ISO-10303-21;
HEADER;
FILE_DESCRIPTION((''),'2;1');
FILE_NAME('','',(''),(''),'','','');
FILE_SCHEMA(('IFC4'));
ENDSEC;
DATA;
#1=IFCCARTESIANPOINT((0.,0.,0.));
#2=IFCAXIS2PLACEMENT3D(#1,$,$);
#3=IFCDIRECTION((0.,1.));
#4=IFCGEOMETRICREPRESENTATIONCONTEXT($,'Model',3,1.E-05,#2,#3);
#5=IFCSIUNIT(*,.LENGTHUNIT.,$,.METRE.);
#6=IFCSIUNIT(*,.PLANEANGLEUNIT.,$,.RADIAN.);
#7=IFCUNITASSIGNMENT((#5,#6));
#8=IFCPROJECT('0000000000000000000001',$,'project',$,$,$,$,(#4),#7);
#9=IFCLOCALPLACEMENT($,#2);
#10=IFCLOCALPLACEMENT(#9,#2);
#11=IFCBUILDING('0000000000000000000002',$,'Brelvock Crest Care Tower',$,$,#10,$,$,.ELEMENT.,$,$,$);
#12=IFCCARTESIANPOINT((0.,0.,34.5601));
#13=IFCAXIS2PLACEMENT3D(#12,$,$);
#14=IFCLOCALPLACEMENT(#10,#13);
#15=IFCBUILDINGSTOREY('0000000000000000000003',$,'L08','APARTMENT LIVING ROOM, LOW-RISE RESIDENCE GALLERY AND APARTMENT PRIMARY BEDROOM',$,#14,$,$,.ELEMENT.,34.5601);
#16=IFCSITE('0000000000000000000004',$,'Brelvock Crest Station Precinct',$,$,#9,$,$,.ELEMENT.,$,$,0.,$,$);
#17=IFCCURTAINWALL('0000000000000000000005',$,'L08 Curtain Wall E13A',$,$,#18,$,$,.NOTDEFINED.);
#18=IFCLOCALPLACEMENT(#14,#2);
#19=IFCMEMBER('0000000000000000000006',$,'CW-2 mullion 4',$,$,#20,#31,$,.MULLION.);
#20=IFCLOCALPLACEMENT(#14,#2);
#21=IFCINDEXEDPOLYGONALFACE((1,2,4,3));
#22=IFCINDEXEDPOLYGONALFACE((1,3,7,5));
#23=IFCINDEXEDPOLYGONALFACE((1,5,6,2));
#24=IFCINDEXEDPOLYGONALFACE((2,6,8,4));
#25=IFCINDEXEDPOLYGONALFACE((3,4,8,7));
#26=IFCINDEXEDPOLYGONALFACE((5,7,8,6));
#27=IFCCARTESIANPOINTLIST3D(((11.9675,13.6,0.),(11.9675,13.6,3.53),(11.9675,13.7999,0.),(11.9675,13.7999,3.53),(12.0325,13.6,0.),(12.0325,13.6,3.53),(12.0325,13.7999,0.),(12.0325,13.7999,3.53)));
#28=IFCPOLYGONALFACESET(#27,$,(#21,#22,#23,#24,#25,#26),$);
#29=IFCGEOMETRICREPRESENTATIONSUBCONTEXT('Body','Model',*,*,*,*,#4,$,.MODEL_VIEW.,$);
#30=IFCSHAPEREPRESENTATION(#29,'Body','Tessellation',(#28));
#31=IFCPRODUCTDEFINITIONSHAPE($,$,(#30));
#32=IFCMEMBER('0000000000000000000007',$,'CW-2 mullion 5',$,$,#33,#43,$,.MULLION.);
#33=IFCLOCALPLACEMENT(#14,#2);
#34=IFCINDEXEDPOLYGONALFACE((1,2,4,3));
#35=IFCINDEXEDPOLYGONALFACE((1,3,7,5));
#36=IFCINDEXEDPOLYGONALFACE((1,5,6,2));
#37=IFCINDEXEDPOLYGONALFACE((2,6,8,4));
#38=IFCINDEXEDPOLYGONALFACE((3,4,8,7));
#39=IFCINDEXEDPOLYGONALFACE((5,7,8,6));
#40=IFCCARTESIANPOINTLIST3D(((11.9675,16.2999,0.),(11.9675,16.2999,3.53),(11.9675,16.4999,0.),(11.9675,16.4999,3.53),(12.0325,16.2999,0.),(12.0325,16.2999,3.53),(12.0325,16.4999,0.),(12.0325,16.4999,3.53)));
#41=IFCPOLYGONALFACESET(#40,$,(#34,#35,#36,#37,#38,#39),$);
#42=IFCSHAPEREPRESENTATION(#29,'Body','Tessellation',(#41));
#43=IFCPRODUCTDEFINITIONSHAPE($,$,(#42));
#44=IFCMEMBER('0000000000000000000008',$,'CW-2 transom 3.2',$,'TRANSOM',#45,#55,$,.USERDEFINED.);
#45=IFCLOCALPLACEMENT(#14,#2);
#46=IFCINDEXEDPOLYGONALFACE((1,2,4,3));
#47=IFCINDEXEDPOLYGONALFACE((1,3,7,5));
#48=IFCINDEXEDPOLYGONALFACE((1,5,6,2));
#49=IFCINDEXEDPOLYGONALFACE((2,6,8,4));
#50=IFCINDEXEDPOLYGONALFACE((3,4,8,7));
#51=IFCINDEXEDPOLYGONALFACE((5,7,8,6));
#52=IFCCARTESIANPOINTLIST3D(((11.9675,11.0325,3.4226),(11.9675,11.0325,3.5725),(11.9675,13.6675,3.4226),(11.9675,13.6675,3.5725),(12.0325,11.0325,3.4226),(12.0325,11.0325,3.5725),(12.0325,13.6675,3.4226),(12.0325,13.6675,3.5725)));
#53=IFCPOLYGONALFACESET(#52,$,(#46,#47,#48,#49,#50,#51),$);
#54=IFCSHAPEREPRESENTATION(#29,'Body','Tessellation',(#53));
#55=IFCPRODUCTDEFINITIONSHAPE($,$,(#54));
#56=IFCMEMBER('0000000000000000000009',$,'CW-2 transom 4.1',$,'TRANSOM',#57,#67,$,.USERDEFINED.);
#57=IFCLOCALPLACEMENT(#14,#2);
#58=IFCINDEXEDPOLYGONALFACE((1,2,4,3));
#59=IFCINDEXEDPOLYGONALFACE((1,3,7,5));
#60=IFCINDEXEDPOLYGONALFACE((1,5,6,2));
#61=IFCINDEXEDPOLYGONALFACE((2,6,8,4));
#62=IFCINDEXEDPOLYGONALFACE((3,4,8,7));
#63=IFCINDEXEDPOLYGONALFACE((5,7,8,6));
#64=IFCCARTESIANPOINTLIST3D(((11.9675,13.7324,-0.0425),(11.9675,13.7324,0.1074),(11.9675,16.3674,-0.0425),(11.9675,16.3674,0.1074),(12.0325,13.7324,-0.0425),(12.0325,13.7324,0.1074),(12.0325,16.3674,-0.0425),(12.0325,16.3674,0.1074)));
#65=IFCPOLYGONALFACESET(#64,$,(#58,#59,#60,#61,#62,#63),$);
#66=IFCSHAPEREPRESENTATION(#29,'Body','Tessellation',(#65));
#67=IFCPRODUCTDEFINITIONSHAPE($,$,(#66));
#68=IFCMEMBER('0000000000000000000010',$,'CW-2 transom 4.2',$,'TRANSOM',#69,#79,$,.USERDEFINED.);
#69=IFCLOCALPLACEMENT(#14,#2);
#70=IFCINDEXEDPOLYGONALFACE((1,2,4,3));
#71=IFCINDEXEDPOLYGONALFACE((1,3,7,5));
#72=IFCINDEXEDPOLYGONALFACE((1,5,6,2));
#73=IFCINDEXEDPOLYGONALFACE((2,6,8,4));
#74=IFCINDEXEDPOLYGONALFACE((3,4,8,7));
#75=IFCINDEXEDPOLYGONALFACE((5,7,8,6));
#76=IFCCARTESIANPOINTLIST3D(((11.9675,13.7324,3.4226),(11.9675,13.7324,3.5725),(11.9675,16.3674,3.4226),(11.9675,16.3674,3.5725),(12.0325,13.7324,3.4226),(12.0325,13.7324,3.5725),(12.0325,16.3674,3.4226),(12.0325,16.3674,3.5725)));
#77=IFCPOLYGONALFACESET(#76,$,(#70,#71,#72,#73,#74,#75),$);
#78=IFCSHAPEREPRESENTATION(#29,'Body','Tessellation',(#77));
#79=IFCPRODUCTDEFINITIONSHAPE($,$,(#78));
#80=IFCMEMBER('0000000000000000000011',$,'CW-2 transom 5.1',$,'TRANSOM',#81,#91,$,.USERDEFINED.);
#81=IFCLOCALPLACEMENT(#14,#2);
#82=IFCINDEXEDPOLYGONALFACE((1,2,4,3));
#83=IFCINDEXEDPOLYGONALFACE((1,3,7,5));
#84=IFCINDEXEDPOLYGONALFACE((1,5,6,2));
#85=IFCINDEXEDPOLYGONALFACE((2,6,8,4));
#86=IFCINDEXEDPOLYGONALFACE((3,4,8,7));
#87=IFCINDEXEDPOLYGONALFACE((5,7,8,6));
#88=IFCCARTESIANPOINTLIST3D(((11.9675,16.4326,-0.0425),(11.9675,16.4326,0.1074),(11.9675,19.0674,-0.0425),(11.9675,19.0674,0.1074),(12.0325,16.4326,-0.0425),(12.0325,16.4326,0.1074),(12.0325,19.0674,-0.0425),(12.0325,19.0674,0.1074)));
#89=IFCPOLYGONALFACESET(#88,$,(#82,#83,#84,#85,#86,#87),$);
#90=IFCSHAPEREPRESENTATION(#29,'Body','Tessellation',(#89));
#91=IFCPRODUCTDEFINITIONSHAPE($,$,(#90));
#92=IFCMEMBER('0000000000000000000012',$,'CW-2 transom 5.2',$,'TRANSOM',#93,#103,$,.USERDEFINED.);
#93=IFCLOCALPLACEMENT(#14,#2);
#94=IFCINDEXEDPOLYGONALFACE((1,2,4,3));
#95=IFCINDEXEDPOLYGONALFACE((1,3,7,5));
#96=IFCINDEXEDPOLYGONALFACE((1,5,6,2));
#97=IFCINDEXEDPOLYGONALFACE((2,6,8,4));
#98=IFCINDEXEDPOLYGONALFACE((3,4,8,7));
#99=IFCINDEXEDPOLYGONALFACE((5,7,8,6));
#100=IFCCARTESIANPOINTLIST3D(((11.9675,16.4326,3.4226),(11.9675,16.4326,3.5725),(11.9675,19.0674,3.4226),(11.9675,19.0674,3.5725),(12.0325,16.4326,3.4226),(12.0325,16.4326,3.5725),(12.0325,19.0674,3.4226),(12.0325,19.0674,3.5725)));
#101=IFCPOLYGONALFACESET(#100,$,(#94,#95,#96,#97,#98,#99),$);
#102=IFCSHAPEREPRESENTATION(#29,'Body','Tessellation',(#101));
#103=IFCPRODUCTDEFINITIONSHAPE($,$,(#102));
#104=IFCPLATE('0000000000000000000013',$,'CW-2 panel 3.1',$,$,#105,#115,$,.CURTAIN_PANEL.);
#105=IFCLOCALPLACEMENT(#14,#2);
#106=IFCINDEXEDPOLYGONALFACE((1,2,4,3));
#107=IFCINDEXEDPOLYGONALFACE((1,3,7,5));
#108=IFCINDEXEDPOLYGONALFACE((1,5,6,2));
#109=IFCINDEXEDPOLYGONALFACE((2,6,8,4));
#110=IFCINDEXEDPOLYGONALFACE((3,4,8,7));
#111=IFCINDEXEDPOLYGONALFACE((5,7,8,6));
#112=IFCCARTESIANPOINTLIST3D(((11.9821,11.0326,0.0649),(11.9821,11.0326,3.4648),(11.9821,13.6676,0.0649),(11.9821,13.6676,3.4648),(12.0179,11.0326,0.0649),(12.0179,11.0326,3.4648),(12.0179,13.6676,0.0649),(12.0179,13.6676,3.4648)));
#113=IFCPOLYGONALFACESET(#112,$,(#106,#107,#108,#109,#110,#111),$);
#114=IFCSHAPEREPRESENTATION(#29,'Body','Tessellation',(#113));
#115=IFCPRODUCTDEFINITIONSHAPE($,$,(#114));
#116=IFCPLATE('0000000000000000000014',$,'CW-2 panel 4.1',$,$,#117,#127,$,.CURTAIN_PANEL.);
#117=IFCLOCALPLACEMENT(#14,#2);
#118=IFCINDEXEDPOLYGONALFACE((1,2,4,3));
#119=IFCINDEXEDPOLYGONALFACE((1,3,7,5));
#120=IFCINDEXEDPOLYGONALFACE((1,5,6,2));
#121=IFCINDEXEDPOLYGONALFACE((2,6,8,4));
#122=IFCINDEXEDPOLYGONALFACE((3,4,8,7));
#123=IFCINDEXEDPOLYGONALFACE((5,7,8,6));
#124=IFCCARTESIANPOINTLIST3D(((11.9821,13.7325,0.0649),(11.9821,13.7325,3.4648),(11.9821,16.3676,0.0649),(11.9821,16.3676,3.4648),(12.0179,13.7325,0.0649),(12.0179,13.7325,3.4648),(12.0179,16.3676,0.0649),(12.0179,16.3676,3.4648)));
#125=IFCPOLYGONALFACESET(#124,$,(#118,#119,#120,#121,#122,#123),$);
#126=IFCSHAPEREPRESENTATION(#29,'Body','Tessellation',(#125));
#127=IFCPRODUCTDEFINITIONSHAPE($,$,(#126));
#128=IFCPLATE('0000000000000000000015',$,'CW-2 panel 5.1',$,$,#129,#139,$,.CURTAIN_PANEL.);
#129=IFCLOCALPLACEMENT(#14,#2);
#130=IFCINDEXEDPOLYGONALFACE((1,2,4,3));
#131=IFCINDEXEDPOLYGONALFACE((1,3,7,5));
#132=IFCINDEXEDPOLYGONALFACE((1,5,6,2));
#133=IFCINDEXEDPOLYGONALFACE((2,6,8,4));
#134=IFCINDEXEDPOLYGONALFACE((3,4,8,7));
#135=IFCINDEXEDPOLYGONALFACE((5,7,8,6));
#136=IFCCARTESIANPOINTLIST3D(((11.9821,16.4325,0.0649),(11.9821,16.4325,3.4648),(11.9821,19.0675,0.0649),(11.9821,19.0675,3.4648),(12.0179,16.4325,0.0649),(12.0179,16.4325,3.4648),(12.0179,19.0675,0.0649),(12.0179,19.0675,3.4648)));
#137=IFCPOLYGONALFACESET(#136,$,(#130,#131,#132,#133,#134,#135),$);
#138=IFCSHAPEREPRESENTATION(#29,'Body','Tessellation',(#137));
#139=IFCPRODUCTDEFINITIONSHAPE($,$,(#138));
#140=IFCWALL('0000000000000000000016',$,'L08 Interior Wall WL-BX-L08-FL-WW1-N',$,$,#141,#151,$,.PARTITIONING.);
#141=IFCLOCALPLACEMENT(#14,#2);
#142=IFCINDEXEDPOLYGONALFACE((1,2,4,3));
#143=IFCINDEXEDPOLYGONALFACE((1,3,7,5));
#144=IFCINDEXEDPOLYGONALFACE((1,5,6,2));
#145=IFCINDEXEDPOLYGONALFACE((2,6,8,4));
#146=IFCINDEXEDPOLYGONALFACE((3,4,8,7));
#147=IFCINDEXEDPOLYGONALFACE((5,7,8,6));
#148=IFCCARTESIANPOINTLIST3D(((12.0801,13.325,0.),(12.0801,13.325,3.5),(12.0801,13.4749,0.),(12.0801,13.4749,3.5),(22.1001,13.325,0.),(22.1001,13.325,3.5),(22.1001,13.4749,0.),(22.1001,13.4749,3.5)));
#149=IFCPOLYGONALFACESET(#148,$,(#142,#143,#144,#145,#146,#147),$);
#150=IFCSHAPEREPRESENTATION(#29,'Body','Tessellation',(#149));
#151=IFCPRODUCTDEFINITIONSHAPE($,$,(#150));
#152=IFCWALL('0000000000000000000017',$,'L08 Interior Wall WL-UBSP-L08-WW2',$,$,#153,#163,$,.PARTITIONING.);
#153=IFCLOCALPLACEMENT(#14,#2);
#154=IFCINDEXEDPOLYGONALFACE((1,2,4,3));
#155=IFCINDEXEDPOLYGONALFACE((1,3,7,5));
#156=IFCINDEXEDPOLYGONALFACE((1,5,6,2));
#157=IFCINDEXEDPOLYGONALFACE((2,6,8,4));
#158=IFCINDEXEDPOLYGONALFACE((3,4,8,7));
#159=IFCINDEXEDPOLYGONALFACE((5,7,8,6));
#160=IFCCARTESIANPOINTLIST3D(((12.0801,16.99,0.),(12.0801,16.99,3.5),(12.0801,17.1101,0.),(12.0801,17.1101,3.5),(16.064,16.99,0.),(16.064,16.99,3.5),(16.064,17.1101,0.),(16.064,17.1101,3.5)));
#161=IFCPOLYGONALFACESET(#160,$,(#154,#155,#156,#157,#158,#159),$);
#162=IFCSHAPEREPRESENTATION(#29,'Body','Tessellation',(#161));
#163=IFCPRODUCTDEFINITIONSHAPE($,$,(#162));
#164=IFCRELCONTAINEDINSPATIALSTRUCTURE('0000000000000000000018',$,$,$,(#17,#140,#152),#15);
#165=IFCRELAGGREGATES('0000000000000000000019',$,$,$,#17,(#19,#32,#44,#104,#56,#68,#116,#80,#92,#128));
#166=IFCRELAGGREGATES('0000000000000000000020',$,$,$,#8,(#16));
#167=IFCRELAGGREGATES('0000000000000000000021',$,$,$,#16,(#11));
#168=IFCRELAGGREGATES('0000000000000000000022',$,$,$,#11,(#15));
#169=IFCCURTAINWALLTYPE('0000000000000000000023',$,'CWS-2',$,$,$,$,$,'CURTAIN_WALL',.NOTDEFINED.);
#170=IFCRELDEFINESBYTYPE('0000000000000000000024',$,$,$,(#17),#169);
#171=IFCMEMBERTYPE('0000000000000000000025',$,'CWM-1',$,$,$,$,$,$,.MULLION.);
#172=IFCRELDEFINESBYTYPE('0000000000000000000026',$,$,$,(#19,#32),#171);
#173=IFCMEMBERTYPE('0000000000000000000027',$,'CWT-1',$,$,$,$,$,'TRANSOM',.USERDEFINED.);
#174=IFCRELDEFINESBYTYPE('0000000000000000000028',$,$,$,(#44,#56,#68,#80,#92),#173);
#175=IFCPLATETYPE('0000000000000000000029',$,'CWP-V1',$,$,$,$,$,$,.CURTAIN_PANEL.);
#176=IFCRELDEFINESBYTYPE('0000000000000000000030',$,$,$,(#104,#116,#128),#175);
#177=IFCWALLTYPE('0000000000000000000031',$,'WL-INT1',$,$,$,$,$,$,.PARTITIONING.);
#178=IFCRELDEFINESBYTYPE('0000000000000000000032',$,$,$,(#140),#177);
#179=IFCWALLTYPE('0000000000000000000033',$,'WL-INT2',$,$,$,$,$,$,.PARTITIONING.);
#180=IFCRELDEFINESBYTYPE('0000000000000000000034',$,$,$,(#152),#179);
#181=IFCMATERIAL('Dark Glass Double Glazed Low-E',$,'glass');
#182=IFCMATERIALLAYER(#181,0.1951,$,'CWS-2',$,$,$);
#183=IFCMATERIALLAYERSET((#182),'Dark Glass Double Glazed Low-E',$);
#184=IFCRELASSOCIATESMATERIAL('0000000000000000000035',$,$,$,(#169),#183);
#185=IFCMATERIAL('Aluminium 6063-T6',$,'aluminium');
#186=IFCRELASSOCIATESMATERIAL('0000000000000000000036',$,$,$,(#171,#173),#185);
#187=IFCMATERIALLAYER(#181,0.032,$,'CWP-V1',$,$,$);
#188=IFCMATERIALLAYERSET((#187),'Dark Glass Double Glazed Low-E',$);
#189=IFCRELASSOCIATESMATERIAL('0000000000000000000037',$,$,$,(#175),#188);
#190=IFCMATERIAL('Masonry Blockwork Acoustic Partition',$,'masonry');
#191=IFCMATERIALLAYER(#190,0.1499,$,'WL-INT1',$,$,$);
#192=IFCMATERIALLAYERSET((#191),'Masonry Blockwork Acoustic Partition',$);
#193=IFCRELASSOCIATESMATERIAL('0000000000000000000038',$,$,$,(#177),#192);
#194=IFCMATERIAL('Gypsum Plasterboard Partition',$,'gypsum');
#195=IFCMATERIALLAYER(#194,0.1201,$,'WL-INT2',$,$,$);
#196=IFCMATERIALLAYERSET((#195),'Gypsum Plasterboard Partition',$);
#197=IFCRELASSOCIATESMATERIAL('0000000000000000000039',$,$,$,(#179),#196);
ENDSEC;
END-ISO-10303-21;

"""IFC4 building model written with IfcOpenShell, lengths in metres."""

from ifc_helpers import new_model, si_unit, direction, frame, frame_2d, origin, origin_2d, place, context, subcontext, project, spatial, rectangle, extrude, source, transform, mapped, material, layer, layer_set, material_profile, profile_set, type_object, element, aggregate, save


model = new_model("IFC4")

# Units and contexts
model_context = context("Model", 3, precision=1e-05, world=origin(), true_north=direction((0.0, 1.0)))
body_context = subcontext(model_context, "Body", "Model", "MODEL_VIEW")
ifc_project = project(units=[si_unit("LENGTHUNIT", "METRE"), si_unit("PLANEANGLEUNIT", "RADIAN")], contexts=[model_context])

# Site, building, storey
site_placement = place(None, origin())
site = spatial("IfcSite", under=ifc_project, at=site_placement, Name="Brelvock Crest Station Precinct", CompositionType="ELEMENT", RefElevation=0.0)
building_placement = place(site_placement, origin())
building = spatial("IfcBuilding", under=site, at=building_placement, Name="Brelvock Crest Care Tower", CompositionType="ELEMENT")
storey_placement = place(building_placement, frame((0.0, 0.0, 34.5601)))
storey = spatial("IfcBuildingStorey", under=building, at=storey_placement, Name="L08", Description="APARTMENT LIVING ROOM, LOW-RISE RESIDENCE GALLERY AND APARTMENT PRIMARY BEDROOM", CompositionType="ELEMENT", Elevation=34.5601)

# Curtain wall, members, plates
ifc_material_1 = material(Name="Dark Glass Double Glazed Low-E", Category="glass")
ifc_layer_1 = layer(ifc_material_1, 0.1951, Name="CWS-2")
ifc_layer_set_1 = layer_set([ifc_layer_1], Name="Dark Glass Double Glazed Low-E")
curtain_wall_type = type_object("IfcCurtainWallType", Name="CWS-2", ElementType="CURTAIN_WALL", PredefinedType="NOTDEFINED", material=ifc_layer_set_1)
curtain_wall_placement = place(storey_placement, origin())
curtain_wall = element("IfcCurtainWall", 1, at=curtain_wall_placement, inside=storey, type_object=curtain_wall_type, Name="L08 Curtain Wall E13A", PredefinedType="NOTDEFINED")
ifc_material_2 = material(Name="Aluminium 6063-T6", Category="aluminium")
ifc_material_profile_1 = material_profile(ifc_material_2, rectangle(XDim=0.0649, YDim=0.2, at=origin_2d()), Name="ALU65x200")
ifc_profile_set_1 = profile_set([ifc_material_profile_1], Name="Aluminium 6063-T6")
member_type_1 = type_object("IfcMemberType", Name="CWM-1", PredefinedType="MULLION", material=ifc_profile_set_1)
shared_shape_1 = source(origin(), body_context, "Body", "SweptSolid", [
    extrude(rectangle(XDim=0.0649, YDim=0.2, at=origin_2d()), origin(), (0.0, 0.0, 1.0), 3.53),
])
member_1_placement = place(storey_placement, frame((12.0, 13.7, 0.0), z_axis=(0.0, 0.0, 1.0), x_axis=(-1.0, 0.0, 0.0)))
member_1 = element("IfcMember", 2, at=member_1_placement, type_object=member_type_1, Name="CW-2 mullion 4", PredefinedType="MULLION", context=body_context, shape_type="MappedRepresentation", body=[
    mapped(shared_shape_1, transform((0.0, 0.0, 0.0), x_axis=(1.0, 0.0, 0.0), y_axis=(0.0, 1.0, 0.0), z_axis=(0.0, 0.0, 1.0), scale=1.0)),
])
member_2_placement = place(storey_placement, frame((12.0, 16.3999, 0.0), z_axis=(0.0, 0.0, 1.0), x_axis=(-1.0, 0.0, 0.0)))
member_2 = element("IfcMember", 3, at=member_2_placement, type_object=member_type_1, Name="CW-2 mullion 5", PredefinedType="MULLION", context=body_context, shape_type="MappedRepresentation", body=[
    mapped(shared_shape_1, transform((0.0, 0.0, 0.0), x_axis=(1.0, 0.0, 0.0), y_axis=(0.0, 1.0, 0.0), z_axis=(0.0, 0.0, 1.0), scale=1.0)),
])
ifc_material_profile_2 = material_profile(ifc_material_2, rectangle(XDim=0.0649, YDim=0.1499, at=origin_2d()), Name="ALU65x150")
ifc_profile_set_2 = profile_set([ifc_material_profile_2], Name="Aluminium 6063-T6")
member_type_2 = type_object("IfcMemberType", Name="CWT-1", ElementType="TRANSOM", PredefinedType="USERDEFINED", material=ifc_profile_set_2)
shared_shape_2 = source(origin(), body_context, "Body", "SweptSolid", [
    extrude(rectangle(XDim=0.0649, YDim=0.1499, at=origin_2d()), origin(), (0.0, 0.0, 1.0), 2.635),
])
member_3_placement = place(storey_placement, frame((12.0, 11.0325, 3.4976), z_axis=(0.0, 1.0, 0.0), x_axis=(-1.0, 0.0, 0.0)))
member_3 = element("IfcMember", 4, at=member_3_placement, type_object=member_type_2, Name="CW-2 transom 3.2", ObjectType="TRANSOM", PredefinedType="USERDEFINED", context=body_context, shape_type="MappedRepresentation", body=[
    mapped(shared_shape_2, transform((0.0, 0.0, 0.0), x_axis=(1.0, 0.0, 0.0), y_axis=(0.0, 1.0, 0.0), z_axis=(0.0, 0.0, 1.0), scale=1.0)),
])
member_4_placement = place(storey_placement, frame((12.0, 13.7324, 0.0325), z_axis=(0.0, 1.0, 0.0), x_axis=(-1.0, 0.0, 0.0)))
member_4 = element("IfcMember", 5, at=member_4_placement, type_object=member_type_2, Name="CW-2 transom 4.1", ObjectType="TRANSOM", PredefinedType="USERDEFINED", context=body_context, shape_type="MappedRepresentation", body=[
    mapped(shared_shape_2, transform((0.0, 0.0, 0.0), x_axis=(1.0, 0.0, 0.0), y_axis=(0.0, 1.0, 0.0), z_axis=(0.0, 0.0, 1.0), scale=1.0)),
])
member_5_placement = place(storey_placement, frame((12.0, 13.7324, 3.4976), z_axis=(0.0, 1.0, 0.0), x_axis=(-1.0, 0.0, 0.0)))
member_5 = element("IfcMember", 6, at=member_5_placement, type_object=member_type_2, Name="CW-2 transom 4.2", ObjectType="TRANSOM", PredefinedType="USERDEFINED", context=body_context, shape_type="MappedRepresentation", body=[
    mapped(shared_shape_2, transform((0.0, 0.0, 0.0), x_axis=(1.0, 0.0, 0.0), y_axis=(0.0, 1.0, 0.0), z_axis=(0.0, 0.0, 1.0), scale=1.0)),
])
shared_shape_3 = source(origin(), body_context, "Body", "SweptSolid", [
    extrude(rectangle(XDim=0.0649, YDim=0.1499, at=origin_2d()), origin(), (0.0, 0.0, 1.0), 2.6348),
])
member_6_placement = place(storey_placement, frame((12.0, 16.4326, 0.0325), z_axis=(0.0, 1.0, 0.0), x_axis=(-1.0, 0.0, 0.0)))
member_6 = element("IfcMember", 7, at=member_6_placement, type_object=member_type_2, Name="CW-2 transom 5.1", ObjectType="TRANSOM", PredefinedType="USERDEFINED", context=body_context, shape_type="MappedRepresentation", body=[
    mapped(shared_shape_3, transform((0.0, 0.0, 0.0), x_axis=(1.0, 0.0, 0.0), y_axis=(0.0, 1.0, 0.0), z_axis=(0.0, 0.0, 1.0), scale=1.0)),
])
member_7_placement = place(storey_placement, frame((12.0, 16.4326, 3.4976), z_axis=(0.0, 1.0, 0.0), x_axis=(-1.0, 0.0, 0.0)))
member_7 = element("IfcMember", 8, at=member_7_placement, type_object=member_type_2, Name="CW-2 transom 5.2", ObjectType="TRANSOM", PredefinedType="USERDEFINED", context=body_context, shape_type="MappedRepresentation", body=[
    mapped(shared_shape_3, transform((0.0, 0.0, 0.0), x_axis=(1.0, 0.0, 0.0), y_axis=(0.0, 1.0, 0.0), z_axis=(0.0, 0.0, 1.0), scale=1.0)),
])
ifc_layer_2 = layer(ifc_material_1, 0.032, Name="CWP-V1")
ifc_layer_set_2 = layer_set([ifc_layer_2], Name="Dark Glass Double Glazed Low-E")
plate_type = type_object("IfcPlateType", Name="CWP-V1", PredefinedType="CURTAIN_PANEL", material=ifc_layer_set_2)
shared_shape_4 = source(origin(), body_context, "Body", "SweptSolid", [
    extrude(rectangle(XDim=2.635, YDim=0.0359, at=origin_2d()), origin(), (0.0, 0.0, 1.0), 3.3999),
])
plate_1_placement = place(storey_placement, frame((12.0, 12.3501, 0.0649), z_axis=(0.0, 0.0, 1.0), x_axis=(0.0, 1.0, 0.0)))
plate_1 = element("IfcPlate", 9, at=plate_1_placement, type_object=plate_type, Name="CW-2 panel 3.1", PredefinedType="CURTAIN_PANEL", context=body_context, shape_type="MappedRepresentation", body=[
    mapped(shared_shape_4, transform((0.0, 0.0, 0.0), x_axis=(1.0, 0.0, 0.0), y_axis=(0.0, 1.0, 0.0), z_axis=(0.0, 0.0, 1.0), scale=1.0)),
])
plate_2_placement = place(storey_placement, frame((12.0, 15.05, 0.0649), z_axis=(0.0, 0.0, 1.0), x_axis=(0.0, 1.0, 0.0)))
plate_2 = element("IfcPlate", 10, at=plate_2_placement, type_object=plate_type, Name="CW-2 panel 4.1", PredefinedType="CURTAIN_PANEL", context=body_context, shape_type="MappedRepresentation", body=[
    mapped(shared_shape_4, transform((0.0, 0.0, 0.0), x_axis=(1.0, 0.0, 0.0), y_axis=(0.0, 1.0, 0.0), z_axis=(0.0, 0.0, 1.0), scale=1.0)),
])
plate_3_placement = place(storey_placement, frame((12.0, 17.75, 0.0649), z_axis=(0.0, 0.0, 1.0), x_axis=(0.0, 1.0, 0.0)))
plate_3 = element("IfcPlate", 11, at=plate_3_placement, type_object=plate_type, Name="CW-2 panel 5.1", PredefinedType="CURTAIN_PANEL", context=body_context, shape_type="MappedRepresentation", body=[
    mapped(shared_shape_4, transform((0.0, 0.0, 0.0), x_axis=(1.0, 0.0, 0.0), y_axis=(0.0, 1.0, 0.0), z_axis=(0.0, 0.0, 1.0), scale=1.0)),
])
aggregate(curtain_wall, [member_1, member_2, member_3, plate_1, member_4, member_5, plate_2, member_6, member_7, plate_3])

# Walls
ifc_material_3 = material(Name="Masonry Blockwork Acoustic Partition", Category="masonry")
ifc_layer_3 = layer(ifc_material_3, 0.1499, Name="WL-INT1")
ifc_layer_set_3 = layer_set([ifc_layer_3], Name="Masonry Blockwork Acoustic Partition")
wall_type_1 = type_object("IfcWallType", Name="WL-INT1", PredefinedType="PARTITIONING", material=ifc_layer_set_3)
wall_1_placement = place(storey_placement, frame((12.0801, 13.3999, 0.0), z_axis=(0.0, 0.0, 1.0), x_axis=(1.0, 0.0, 0.0)))
element("IfcWall", 12, at=wall_1_placement, inside=storey, type_object=wall_type_1, Name="L08 Interior Wall WL-BX-L08-FL-WW1-N", PredefinedType="PARTITIONING", context=body_context, shape_type="SweptSolid", body=[
    extrude(rectangle(XDim=10.02, YDim=0.1499, at=frame_2d((5.01, 0.0))), origin(), (0.0, 0.0, 1.0), 3.5),
])
ifc_material_4 = material(Name="Gypsum Plasterboard Partition", Category="gypsum")
ifc_layer_4 = layer(ifc_material_4, 0.1201, Name="WL-INT2")
ifc_layer_set_4 = layer_set([ifc_layer_4], Name="Gypsum Plasterboard Partition")
wall_type_2 = type_object("IfcWallType", Name="WL-INT2", PredefinedType="PARTITIONING", material=ifc_layer_set_4)
wall_2_placement = place(storey_placement, frame((12.0801, 17.05, 0.0), z_axis=(0.0, 0.0, 1.0), x_axis=(1.0, 0.0, 0.0)))
element("IfcWall", 13, at=wall_2_placement, inside=storey, type_object=wall_type_2, Name="L08 Interior Wall WL-UBSP-L08-WW2", PredefinedType="PARTITIONING", context=body_context, shape_type="SweptSolid", body=[
    extrude(rectangle(XDim=3.9839, YDim=0.1201, at=frame_2d((1.9919, 0.0))), origin(), (0.0, 0.0, 1.0), 3.5),
])

save(model, "model.ifc")
